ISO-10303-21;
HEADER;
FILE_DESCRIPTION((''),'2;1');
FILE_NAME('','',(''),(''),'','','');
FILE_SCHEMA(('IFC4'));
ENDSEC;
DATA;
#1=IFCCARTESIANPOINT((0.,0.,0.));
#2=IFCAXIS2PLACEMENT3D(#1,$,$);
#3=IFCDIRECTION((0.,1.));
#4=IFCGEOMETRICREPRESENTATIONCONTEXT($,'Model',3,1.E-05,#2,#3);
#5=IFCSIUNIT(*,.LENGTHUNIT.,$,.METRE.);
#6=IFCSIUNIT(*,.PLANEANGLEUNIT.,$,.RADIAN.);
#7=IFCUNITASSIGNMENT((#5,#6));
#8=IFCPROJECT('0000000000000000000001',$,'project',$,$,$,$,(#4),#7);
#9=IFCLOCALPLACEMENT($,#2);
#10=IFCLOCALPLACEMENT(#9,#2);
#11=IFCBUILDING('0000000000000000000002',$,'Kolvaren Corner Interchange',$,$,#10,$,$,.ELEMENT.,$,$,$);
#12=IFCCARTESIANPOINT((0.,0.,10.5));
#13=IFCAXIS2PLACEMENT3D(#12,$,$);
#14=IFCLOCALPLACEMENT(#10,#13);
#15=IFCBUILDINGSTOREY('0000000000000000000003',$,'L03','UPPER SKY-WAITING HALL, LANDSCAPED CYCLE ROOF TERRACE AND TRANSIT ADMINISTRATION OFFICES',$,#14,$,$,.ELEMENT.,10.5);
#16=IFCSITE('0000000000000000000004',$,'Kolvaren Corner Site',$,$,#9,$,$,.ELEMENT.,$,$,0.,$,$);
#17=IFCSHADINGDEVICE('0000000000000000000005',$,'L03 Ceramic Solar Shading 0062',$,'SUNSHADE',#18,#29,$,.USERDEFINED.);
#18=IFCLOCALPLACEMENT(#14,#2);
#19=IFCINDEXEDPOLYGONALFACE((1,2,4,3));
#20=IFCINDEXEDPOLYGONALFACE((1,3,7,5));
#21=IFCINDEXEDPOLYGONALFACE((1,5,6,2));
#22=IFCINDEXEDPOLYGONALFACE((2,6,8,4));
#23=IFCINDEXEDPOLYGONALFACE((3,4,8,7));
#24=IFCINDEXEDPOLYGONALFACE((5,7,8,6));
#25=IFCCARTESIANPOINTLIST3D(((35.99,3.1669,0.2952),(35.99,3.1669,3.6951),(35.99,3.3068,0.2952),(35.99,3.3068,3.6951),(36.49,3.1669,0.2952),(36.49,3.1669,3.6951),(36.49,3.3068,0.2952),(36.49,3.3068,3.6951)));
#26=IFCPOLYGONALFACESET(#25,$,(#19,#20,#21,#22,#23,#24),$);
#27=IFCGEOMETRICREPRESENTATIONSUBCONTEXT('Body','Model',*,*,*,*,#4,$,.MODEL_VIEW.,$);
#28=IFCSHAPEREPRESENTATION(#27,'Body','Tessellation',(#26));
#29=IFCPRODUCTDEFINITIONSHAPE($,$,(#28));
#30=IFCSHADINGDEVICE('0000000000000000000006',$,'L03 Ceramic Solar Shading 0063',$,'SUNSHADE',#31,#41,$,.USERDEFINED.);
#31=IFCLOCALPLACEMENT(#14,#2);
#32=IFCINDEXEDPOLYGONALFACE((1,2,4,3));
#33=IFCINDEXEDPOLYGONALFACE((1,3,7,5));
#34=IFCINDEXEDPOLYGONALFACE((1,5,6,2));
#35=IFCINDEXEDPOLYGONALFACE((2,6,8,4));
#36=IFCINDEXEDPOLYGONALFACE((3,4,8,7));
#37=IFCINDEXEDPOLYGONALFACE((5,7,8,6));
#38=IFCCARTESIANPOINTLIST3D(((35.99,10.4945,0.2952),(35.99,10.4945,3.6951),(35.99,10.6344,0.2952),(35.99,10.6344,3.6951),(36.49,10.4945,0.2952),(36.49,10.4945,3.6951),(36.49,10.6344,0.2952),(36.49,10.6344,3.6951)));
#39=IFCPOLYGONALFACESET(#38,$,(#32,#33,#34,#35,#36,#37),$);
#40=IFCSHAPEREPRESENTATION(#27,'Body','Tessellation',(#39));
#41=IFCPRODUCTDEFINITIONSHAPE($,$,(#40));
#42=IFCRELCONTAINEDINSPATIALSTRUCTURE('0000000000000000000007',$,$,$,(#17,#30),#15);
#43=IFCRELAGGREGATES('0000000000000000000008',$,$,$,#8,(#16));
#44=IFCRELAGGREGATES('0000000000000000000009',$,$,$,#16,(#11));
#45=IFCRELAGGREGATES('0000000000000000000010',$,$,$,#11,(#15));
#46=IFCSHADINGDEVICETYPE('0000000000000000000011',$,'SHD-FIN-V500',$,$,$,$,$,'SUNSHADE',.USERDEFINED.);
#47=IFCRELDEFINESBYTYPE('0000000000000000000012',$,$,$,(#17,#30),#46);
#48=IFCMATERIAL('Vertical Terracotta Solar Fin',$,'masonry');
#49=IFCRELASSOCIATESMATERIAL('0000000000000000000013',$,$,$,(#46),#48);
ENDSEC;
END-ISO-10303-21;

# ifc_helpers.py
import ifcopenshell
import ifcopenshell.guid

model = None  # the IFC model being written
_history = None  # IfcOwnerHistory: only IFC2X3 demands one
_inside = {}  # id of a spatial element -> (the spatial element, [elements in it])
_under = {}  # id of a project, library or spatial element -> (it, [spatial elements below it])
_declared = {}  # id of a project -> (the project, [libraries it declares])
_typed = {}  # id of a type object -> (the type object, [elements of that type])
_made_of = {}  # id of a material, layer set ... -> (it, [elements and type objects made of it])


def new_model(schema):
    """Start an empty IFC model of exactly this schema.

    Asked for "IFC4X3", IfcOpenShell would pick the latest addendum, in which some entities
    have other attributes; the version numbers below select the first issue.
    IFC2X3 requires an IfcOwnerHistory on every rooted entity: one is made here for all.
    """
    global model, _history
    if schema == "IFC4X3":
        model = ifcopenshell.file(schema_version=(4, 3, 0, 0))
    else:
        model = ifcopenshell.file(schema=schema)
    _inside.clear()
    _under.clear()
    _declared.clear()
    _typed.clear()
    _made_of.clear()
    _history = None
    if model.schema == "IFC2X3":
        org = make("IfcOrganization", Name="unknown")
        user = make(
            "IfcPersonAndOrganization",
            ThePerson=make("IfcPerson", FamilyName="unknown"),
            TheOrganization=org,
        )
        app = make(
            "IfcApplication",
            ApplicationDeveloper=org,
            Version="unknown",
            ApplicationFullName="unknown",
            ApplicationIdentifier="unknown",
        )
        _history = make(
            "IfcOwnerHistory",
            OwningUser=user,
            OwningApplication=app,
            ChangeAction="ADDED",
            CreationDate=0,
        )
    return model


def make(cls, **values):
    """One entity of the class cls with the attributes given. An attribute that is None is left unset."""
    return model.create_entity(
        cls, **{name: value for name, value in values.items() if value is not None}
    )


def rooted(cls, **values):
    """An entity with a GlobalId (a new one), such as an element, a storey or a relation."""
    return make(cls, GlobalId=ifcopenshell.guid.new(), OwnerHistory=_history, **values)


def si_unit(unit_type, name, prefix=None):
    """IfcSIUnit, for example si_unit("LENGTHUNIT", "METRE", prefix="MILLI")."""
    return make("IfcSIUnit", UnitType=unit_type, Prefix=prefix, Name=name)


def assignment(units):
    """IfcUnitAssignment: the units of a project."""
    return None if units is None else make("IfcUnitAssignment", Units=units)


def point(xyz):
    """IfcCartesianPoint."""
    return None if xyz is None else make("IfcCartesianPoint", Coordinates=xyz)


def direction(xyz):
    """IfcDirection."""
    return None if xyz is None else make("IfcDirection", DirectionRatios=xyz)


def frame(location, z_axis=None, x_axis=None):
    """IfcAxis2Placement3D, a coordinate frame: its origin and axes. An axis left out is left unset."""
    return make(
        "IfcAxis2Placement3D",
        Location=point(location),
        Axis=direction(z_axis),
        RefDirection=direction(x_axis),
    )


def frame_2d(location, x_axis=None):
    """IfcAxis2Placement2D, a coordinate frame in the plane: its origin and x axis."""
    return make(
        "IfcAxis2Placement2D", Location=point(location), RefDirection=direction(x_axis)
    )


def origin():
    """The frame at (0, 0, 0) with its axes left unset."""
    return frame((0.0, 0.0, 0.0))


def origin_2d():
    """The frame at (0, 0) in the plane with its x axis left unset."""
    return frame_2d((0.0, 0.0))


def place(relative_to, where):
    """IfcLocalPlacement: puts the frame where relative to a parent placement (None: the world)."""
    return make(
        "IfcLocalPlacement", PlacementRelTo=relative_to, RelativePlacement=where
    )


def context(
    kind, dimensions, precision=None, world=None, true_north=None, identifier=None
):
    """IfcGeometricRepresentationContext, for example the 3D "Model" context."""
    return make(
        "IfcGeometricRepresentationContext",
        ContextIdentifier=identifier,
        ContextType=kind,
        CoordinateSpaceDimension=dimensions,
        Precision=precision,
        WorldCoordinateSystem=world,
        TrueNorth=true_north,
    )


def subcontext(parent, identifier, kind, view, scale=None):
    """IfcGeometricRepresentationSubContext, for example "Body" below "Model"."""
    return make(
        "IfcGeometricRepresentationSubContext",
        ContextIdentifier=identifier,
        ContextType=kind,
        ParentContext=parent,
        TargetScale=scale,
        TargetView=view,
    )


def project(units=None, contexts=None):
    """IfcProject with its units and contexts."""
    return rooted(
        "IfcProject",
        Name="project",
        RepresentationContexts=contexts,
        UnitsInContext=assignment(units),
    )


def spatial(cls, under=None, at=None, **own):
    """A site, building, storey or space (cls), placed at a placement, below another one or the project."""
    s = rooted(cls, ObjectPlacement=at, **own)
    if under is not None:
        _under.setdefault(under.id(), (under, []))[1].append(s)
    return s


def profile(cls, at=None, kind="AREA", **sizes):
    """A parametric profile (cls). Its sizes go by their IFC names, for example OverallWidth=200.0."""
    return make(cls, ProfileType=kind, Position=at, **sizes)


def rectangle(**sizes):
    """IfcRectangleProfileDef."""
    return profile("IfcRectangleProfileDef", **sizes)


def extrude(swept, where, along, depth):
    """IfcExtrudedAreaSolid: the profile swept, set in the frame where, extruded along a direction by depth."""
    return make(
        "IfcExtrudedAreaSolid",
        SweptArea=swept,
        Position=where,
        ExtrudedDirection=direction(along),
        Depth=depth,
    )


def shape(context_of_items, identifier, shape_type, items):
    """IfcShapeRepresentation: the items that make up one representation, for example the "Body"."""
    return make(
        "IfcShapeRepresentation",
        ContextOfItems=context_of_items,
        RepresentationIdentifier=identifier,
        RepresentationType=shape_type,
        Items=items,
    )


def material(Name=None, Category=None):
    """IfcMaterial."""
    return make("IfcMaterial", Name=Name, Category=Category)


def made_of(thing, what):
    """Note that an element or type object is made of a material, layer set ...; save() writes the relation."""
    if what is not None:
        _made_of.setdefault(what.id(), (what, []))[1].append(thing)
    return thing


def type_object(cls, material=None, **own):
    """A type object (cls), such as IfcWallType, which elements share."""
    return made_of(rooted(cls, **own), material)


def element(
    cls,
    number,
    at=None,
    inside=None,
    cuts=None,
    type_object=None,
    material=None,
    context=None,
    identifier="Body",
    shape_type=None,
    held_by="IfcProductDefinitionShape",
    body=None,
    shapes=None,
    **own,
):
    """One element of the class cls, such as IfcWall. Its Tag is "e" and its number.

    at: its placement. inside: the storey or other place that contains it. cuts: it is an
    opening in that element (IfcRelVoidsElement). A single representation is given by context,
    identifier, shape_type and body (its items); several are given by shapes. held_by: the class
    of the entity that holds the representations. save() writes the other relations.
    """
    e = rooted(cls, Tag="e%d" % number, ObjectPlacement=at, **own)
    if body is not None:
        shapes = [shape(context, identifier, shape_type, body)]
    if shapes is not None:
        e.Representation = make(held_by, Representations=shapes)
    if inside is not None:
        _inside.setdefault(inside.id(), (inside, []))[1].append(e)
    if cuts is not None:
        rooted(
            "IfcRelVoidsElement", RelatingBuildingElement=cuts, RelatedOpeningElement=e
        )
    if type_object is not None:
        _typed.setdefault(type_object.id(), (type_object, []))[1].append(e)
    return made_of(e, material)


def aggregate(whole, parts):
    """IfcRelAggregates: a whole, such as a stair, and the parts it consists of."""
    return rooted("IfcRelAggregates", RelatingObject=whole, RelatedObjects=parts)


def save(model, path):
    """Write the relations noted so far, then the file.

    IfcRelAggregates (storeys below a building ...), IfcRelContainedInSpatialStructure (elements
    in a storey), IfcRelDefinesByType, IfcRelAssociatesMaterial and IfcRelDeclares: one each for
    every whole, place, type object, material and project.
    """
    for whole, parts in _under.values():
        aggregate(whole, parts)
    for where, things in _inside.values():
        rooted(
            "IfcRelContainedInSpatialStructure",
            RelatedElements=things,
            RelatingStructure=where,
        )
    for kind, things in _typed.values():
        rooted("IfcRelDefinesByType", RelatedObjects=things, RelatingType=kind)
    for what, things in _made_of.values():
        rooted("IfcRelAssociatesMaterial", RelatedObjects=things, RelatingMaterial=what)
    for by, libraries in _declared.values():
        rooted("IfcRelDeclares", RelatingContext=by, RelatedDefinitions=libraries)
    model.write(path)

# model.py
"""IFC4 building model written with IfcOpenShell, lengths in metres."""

from ifc_helpers import new_model, si_unit, direction, frame, origin, origin_2d, place, context, subcontext, project, spatial, rectangle, extrude, material, type_object, element, save


model = new_model("IFC4")

# Units and contexts
model_context = context("Model", 3, precision=1e-05, world=origin(), true_north=direction((0.0, 1.0)))
body_context = subcontext(model_context, "Body", "Model", "MODEL_VIEW")
ifc_project = project(units=[si_unit("LENGTHUNIT", "METRE"), si_unit("PLANEANGLEUNIT", "RADIAN")], contexts=[model_context])

# Site, building, storey
site_placement = place(None, origin())
site = spatial("IfcSite", under=ifc_project, at=site_placement, Name="Kolvaren Corner Site", CompositionType="ELEMENT", RefElevation=0.0)
building_placement = place(site_placement, origin())
building = spatial("IfcBuilding", under=site, at=building_placement, Name="Kolvaren Corner Interchange", CompositionType="ELEMENT")
storey_placement = place(building_placement, frame((0.0, 0.0, 10.5)))
storey = spatial("IfcBuildingStorey", under=building, at=storey_placement, Name="L03", Description="UPPER SKY-WAITING HALL, LANDSCAPED CYCLE ROOF TERRACE AND TRANSIT ADMINISTRATION OFFICES", CompositionType="ELEMENT", Elevation=10.5)

# Shading devices
ifc_material_1 = material(Name="Vertical Terracotta Solar Fin", Category="masonry")
shading_device_type_1 = type_object("IfcShadingDeviceType", Name="SHD-FIN-V500", ElementType="SUNSHADE", PredefinedType="USERDEFINED", material=ifc_material_1)
for number, where, z_axis, x_axis, name in (
    (1, (36.24, 3.2368, 0.2952), (0.0, 0.0, 1.0), (0.0, 1.0, 0.0), "L03 Ceramic Solar Shading 0062"),
    (2, (36.24, 10.5645, 0.2952), (0.0, 0.0, 1.0), (0.0, 1.0, 0.0), "L03 Ceramic Solar Shading 0063"),
):
    element("IfcShadingDevice", number, at=place(storey_placement, frame(where, z_axis=z_axis, x_axis=x_axis)), inside=storey, type_object=shading_device_type_1, Name=name, ObjectType="SUNSHADE", PredefinedType="USERDEFINED", context=body_context, shape_type="SweptSolid", body=[
        extrude(rectangle(XDim=0.1399, YDim=0.5, at=origin_2d()), origin(), (0.0, 0.0, 1.0), 3.3999),
    ])

save(model, "model.ifc")
